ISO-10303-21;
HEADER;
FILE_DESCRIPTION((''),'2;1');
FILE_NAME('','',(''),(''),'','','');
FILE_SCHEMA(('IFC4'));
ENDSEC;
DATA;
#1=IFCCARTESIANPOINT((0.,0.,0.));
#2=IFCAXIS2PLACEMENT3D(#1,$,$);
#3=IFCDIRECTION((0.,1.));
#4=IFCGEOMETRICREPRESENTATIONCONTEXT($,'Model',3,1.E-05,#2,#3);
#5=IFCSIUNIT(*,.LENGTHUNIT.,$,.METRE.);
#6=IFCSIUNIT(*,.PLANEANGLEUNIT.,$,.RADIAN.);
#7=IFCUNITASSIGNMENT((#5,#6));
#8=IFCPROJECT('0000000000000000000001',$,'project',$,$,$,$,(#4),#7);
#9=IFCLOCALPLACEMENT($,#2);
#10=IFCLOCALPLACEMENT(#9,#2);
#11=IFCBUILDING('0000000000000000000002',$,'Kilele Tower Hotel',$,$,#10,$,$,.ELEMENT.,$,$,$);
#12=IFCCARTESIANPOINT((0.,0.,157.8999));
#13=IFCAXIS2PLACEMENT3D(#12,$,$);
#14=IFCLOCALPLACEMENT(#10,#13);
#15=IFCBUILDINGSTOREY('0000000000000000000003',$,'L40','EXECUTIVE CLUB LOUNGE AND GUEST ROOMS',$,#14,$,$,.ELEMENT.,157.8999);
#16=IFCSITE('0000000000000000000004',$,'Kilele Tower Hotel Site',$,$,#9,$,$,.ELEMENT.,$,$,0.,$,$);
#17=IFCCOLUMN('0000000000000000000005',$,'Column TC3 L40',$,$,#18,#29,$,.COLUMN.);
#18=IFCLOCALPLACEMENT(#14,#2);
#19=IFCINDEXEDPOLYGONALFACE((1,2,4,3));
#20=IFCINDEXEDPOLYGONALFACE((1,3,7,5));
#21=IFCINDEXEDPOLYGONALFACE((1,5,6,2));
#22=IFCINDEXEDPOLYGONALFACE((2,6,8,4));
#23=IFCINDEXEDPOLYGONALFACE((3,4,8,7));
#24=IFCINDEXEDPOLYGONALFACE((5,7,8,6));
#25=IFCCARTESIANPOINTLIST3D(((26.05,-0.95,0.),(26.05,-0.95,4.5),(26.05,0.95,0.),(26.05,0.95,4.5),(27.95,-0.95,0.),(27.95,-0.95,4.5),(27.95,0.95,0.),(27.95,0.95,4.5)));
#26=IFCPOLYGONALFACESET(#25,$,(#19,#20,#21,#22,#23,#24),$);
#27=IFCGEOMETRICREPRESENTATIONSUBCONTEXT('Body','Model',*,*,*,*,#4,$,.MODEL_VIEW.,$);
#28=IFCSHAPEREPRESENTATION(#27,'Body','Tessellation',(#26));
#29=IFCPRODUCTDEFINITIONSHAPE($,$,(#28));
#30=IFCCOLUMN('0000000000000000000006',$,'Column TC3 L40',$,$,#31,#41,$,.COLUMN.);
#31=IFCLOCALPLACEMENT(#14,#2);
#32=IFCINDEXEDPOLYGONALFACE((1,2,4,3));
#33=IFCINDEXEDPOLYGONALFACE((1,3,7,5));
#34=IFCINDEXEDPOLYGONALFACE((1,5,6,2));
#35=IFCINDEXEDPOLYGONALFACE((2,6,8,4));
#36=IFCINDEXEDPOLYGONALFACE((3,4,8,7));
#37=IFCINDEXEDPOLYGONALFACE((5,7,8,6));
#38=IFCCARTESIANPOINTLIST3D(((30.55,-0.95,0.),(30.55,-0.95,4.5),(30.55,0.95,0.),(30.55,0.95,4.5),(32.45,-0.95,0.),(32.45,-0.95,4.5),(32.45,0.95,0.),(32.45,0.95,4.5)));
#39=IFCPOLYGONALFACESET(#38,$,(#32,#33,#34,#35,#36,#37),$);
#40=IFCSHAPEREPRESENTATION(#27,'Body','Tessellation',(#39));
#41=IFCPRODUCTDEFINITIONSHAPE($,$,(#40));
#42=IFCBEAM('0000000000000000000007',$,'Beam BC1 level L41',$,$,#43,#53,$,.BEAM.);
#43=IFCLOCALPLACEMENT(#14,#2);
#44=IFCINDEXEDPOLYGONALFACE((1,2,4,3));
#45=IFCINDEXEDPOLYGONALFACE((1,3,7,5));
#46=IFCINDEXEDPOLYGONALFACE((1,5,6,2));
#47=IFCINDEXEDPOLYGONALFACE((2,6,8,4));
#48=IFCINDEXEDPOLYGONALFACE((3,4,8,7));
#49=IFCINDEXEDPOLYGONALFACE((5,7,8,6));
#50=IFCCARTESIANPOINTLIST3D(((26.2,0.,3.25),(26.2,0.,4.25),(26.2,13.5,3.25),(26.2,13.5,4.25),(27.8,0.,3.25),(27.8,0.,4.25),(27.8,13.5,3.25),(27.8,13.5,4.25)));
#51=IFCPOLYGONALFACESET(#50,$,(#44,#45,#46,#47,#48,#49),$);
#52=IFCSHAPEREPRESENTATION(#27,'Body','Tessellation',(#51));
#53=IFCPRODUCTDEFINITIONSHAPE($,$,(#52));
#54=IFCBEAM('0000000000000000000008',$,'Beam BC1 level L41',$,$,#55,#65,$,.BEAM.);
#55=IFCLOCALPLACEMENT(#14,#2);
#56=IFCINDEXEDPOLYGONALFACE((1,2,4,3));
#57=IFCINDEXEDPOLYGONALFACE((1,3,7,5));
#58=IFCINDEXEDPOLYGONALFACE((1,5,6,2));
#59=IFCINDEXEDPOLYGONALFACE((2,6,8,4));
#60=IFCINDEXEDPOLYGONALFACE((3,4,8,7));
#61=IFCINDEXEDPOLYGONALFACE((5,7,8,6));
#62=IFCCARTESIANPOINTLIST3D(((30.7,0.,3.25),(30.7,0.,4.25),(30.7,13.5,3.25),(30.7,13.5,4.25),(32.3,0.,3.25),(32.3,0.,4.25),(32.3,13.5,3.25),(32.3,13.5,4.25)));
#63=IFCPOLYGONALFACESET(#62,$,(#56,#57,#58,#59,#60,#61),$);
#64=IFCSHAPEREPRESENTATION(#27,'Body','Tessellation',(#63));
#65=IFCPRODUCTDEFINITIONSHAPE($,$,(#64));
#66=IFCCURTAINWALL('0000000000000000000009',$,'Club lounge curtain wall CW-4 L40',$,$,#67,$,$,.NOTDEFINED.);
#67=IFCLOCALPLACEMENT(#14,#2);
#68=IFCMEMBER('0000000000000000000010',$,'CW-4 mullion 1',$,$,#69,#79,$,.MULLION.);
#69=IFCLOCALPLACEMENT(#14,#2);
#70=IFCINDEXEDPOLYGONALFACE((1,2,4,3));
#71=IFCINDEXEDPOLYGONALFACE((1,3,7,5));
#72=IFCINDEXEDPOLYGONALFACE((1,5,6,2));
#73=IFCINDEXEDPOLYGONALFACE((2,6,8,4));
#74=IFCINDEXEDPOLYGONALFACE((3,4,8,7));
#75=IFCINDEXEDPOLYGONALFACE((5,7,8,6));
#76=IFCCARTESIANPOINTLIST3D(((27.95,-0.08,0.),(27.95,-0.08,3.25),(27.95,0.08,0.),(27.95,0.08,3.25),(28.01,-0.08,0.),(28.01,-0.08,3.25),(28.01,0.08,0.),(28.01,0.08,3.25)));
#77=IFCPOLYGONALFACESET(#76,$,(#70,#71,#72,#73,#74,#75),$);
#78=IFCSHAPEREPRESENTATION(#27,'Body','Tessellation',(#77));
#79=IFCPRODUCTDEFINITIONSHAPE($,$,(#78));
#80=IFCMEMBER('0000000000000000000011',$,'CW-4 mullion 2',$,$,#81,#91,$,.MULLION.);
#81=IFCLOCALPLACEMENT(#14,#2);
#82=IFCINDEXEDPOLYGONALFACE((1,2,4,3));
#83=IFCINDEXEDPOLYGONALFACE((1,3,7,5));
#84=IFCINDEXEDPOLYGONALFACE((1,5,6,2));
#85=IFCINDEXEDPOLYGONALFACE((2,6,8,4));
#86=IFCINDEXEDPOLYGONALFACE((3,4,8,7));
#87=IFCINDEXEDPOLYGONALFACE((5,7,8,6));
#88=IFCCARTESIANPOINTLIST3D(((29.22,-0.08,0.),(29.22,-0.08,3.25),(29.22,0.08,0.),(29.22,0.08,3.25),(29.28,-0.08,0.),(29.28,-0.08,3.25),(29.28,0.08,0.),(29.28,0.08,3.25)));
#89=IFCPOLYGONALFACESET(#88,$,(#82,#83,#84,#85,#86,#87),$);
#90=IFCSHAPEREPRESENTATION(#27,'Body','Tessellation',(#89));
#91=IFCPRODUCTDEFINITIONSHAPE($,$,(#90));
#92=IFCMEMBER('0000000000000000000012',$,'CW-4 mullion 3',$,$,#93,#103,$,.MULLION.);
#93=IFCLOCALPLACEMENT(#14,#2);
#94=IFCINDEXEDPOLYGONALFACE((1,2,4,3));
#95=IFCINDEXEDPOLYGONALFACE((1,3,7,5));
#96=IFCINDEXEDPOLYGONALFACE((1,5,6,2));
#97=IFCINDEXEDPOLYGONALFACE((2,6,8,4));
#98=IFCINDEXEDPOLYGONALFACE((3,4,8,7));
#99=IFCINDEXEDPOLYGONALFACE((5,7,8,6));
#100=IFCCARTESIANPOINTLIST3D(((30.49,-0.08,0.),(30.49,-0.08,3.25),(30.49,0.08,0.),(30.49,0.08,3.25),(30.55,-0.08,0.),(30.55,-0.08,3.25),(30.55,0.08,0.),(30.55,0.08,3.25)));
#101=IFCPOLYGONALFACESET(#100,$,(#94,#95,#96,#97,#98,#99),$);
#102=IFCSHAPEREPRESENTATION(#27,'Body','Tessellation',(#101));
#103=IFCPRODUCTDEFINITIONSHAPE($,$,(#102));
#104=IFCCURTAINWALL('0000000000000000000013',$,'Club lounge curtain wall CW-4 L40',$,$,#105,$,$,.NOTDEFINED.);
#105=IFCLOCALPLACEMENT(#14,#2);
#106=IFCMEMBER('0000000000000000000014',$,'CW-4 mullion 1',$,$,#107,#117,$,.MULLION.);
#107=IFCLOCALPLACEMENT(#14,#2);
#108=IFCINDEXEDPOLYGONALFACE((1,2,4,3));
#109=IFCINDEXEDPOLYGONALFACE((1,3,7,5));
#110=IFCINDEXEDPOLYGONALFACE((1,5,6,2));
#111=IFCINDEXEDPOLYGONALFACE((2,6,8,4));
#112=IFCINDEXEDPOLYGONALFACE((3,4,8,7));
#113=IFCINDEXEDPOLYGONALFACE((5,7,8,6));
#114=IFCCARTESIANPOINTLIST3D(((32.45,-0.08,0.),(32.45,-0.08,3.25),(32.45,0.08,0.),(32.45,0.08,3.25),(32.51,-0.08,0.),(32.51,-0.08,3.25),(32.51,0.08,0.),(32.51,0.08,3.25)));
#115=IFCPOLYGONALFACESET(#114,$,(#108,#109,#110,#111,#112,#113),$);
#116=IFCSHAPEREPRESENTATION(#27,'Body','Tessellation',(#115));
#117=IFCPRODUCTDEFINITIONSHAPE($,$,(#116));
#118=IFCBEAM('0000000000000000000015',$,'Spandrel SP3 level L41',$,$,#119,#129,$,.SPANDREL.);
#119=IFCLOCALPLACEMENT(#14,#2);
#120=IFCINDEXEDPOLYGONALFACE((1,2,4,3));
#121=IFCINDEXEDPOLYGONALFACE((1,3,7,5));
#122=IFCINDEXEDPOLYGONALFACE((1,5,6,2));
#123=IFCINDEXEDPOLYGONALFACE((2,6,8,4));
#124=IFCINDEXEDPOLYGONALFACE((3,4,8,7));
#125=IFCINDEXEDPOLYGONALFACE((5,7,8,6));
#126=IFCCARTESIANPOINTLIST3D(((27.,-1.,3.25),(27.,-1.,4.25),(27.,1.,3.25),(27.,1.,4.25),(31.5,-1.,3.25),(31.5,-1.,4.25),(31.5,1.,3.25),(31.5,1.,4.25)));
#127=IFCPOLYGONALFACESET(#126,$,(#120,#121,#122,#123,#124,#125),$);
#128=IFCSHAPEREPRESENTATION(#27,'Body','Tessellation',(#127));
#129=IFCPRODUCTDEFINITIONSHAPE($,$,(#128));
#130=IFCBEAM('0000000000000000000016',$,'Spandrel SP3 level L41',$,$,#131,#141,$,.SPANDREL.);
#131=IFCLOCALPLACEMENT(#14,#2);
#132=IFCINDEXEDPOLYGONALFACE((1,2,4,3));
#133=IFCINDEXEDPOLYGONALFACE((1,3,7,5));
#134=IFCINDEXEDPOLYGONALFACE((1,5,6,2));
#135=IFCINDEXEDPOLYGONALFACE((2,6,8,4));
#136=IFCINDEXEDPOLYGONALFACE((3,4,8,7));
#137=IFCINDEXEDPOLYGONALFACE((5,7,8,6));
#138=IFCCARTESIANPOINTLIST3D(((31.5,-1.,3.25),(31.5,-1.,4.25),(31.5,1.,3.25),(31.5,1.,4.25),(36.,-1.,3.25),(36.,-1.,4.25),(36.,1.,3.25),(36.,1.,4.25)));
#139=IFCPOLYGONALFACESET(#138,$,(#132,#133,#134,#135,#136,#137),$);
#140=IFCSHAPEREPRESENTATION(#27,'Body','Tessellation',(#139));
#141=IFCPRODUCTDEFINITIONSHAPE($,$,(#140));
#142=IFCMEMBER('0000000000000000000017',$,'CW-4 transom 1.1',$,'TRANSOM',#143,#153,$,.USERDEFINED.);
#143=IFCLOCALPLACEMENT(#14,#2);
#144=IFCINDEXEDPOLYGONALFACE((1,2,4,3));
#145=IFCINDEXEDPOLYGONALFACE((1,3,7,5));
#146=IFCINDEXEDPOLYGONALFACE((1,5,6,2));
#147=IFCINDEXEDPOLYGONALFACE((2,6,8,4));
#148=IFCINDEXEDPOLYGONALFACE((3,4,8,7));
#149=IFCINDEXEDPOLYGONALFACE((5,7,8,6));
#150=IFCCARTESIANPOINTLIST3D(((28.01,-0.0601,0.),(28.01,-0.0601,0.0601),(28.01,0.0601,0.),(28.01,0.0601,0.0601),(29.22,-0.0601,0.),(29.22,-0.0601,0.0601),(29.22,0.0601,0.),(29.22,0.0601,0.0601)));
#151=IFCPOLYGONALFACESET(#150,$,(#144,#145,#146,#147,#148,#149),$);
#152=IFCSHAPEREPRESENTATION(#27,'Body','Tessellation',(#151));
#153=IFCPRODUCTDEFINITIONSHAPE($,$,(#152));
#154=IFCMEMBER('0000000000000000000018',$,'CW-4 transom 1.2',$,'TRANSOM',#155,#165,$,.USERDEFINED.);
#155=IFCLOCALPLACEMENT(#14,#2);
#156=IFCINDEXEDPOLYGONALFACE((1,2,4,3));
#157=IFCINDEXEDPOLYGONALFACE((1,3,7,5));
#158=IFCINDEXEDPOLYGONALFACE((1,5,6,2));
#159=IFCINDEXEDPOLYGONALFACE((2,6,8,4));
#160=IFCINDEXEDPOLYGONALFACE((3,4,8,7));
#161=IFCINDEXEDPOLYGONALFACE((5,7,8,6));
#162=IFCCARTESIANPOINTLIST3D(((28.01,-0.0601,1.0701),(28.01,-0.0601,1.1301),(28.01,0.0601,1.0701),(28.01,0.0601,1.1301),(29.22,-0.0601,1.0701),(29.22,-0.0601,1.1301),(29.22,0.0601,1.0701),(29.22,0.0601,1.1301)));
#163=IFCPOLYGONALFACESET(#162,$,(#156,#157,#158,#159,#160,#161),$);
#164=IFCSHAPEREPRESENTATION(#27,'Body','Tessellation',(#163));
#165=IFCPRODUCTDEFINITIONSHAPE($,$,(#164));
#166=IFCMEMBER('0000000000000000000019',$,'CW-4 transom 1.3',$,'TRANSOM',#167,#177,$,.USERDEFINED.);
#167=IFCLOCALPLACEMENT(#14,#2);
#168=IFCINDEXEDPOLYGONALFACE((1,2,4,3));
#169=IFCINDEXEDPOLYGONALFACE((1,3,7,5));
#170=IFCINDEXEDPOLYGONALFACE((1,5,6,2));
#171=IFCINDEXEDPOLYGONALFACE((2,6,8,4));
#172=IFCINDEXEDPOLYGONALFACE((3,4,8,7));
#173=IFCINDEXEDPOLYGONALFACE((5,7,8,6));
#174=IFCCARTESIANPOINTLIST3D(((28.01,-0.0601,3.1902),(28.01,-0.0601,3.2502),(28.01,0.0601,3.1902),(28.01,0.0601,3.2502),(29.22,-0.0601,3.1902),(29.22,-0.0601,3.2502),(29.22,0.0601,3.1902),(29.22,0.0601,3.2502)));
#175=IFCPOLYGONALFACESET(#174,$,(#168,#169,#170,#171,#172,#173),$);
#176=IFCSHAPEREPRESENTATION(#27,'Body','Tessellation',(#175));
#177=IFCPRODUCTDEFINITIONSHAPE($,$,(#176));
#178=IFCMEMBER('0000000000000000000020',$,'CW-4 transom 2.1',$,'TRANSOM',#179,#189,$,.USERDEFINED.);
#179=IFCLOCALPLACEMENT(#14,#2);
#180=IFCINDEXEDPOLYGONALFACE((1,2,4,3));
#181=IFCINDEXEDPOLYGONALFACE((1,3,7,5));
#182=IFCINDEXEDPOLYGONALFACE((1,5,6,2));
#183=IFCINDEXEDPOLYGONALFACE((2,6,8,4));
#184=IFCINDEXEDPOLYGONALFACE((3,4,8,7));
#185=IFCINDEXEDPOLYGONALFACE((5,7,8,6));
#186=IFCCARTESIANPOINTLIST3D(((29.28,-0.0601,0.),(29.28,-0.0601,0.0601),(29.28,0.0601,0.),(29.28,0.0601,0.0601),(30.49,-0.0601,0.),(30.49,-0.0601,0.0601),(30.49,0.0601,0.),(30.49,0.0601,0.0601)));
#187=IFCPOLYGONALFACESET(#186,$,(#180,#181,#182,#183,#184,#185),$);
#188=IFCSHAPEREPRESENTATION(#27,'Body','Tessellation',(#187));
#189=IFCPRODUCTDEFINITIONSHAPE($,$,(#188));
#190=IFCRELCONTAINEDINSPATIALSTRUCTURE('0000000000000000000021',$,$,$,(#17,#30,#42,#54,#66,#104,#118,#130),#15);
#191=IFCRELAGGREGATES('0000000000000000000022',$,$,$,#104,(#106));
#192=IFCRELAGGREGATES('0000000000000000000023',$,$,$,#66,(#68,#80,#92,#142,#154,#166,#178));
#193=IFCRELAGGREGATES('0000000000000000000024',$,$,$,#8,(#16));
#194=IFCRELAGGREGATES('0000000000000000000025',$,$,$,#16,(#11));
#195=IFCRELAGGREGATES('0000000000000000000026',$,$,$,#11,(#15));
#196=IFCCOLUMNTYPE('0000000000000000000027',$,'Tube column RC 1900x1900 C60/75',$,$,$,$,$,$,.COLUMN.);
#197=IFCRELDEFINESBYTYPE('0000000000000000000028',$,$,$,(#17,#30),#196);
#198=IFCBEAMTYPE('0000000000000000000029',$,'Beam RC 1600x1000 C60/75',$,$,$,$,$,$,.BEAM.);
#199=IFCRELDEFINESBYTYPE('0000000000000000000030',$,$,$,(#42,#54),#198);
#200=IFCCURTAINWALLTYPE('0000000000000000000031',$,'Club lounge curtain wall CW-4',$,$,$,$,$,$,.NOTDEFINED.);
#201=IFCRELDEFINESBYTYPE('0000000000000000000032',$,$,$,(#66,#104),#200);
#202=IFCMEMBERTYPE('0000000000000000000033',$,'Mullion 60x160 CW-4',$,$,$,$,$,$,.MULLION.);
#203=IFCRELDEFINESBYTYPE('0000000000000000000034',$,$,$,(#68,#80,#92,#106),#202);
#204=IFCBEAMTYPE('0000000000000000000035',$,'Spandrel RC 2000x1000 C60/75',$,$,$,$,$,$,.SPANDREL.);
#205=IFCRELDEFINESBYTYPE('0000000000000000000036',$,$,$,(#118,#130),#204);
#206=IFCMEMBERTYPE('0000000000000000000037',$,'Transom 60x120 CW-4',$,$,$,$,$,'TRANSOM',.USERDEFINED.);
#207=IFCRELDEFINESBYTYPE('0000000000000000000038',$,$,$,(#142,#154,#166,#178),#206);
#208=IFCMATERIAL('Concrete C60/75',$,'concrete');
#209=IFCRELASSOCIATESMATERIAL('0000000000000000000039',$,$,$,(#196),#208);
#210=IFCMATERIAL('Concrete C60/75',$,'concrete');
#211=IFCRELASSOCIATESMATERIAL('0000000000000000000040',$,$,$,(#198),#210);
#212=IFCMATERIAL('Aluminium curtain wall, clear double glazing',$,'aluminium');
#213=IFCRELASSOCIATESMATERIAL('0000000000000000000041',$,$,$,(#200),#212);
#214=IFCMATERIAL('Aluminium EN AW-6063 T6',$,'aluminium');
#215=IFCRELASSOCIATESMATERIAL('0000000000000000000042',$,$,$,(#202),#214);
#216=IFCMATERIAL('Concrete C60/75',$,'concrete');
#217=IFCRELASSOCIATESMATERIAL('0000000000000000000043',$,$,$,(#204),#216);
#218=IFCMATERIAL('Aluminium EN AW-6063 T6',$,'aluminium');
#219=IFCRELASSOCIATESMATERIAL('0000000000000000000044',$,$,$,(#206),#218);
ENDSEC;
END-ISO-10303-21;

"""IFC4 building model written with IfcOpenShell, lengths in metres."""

from ifc_helpers import new_model, si_unit, direction, frame, origin, origin_2d, place, context, subcontext, project, spatial, rectangle, extrude, material, material_profile, profile_set, type_object, element, aggregate, save


model = new_model("IFC4")

# Units and contexts
model_context = context("Model", 3, precision=1e-05, world=origin(), true_north=direction((0.0, 1.0)))
body_context = subcontext(model_context, "Body", "Model", "MODEL_VIEW")
ifc_project = project(units=[si_unit("LENGTHUNIT", "METRE"), si_unit("PLANEANGLEUNIT", "RADIAN")], contexts=[model_context])

# Site, building, storey
site_placement = place(None, origin())
site = spatial("IfcSite", under=ifc_project, at=site_placement, Name="Kilele Tower Hotel Site", CompositionType="ELEMENT", RefElevation=0.0)
building_placement = place(site_placement, origin())
building = spatial("IfcBuilding", under=site, at=building_placement, Name="Kilele Tower Hotel", CompositionType="ELEMENT")
storey_placement = place(building_placement, frame((0.0, 0.0, 157.8999)))
storey = spatial("IfcBuildingStorey", under=building, at=storey_placement, Name="L40", Description="EXECUTIVE CLUB LOUNGE AND GUEST ROOMS", CompositionType="ELEMENT", Elevation=157.8999)

# Columns
ifc_material_1 = material(Name="Concrete C60/75", Category="concrete")
ifc_material_profile_1 = material_profile(ifc_material_1, rectangle(XDim=1.8999, YDim=1.8999, at=origin_2d()))
ifc_profile_set_1 = profile_set([ifc_material_profile_1], Name="Concrete C60/75")
column_type = type_object("IfcColumnType", Name="Tube column RC 1900x1900 C60/75", PredefinedType="COLUMN", material=ifc_profile_set_1)
for number, where, z_axis, x_axis, name in (
    (1, (27.0, 0.0, 0.0), (0.0, 0.0, 1.0), (1.0, 0.0, 0.0), "Column TC3 L40"),
    (2, (31.5, 0.0, 0.0), (0.0, 0.0, 1.0), (1.0, 0.0, 0.0), "Column TC3 L40"),
):
    element("IfcColumn", number, at=place(storey_placement, frame(where, z_axis=z_axis, x_axis=x_axis)), inside=storey, type_object=column_type, Name=name, PredefinedType="COLUMN", context=body_context, shape_type="SweptSolid", body=[
        extrude(rectangle(XDim=1.8999, YDim=1.8999, at=origin_2d()), origin(), (0.0, 0.0, 1.0), 4.5),
    ])

# Beams
ifc_material_2 = material(Name="Concrete C60/75", Category="concrete")
ifc_material_profile_2 = material_profile(ifc_material_2, rectangle(XDim=1.6001, YDim=1.0, at=origin_2d()))
ifc_profile_set_2 = profile_set([ifc_material_profile_2], Name="Concrete C60/75")
beam_type_1 = type_object("IfcBeamType", Name="Beam RC 1600x1000 C60/75", PredefinedType="BEAM", material=ifc_profile_set_2)
for number, where, z_axis, x_axis, name in (
    (3, (27.0, 0.0, 3.75), (0.0, 1.0, 0.0), (-1.0, 0.0, 0.0), "Beam BC1 level L41"),
    (4, (31.5, 0.0, 3.75), (0.0, 1.0, 0.0), (-1.0, 0.0, 0.0), "Beam BC1 level L41"),
):
    element("IfcBeam", number, at=place(storey_placement, frame(where, z_axis=z_axis, x_axis=x_axis)), inside=storey, type_object=beam_type_1, Name=name, PredefinedType="BEAM", context=body_context, shape_type="SweptSolid", body=[
        extrude(rectangle(XDim=1.6001, YDim=1.0, at=origin_2d()), origin(), (0.0, 0.0, 1.0), 13.5),
    ])

# Curtain wall, members
ifc_material_3 = material(Name="Aluminium curtain wall, clear double glazing", Category="aluminium")
curtain_wall_type = type_object("IfcCurtainWallType", Name="Club lounge curtain wall CW-4", PredefinedType="NOTDEFINED", material=ifc_material_3)
curtain_wall_1_placement = place(storey_placement, origin())
curtain_wall_1 = element("IfcCurtainWall", 5, at=curtain_wall_1_placement, inside=storey, type_object=curtain_wall_type, Name="Club lounge curtain wall CW-4 L40", PredefinedType="NOTDEFINED")
ifc_material_4 = material(Name="Aluminium EN AW-6063 T6", Category="aluminium")
ifc_material_profile_3 = material_profile(ifc_material_4, rectangle(XDim=0.1599, YDim=0.0601, at=origin_2d()))
ifc_profile_set_3 = profile_set([ifc_material_profile_3], Name="Aluminium EN AW-6063 T6")
member_type_1 = type_object("IfcMemberType", Name="Mullion 60x160 CW-4", PredefinedType="MULLION", material=ifc_profile_set_3)
member_1_placement = place(storey_placement, frame((27.98, 0.0, 0.0), z_axis=(0.0, 0.0, 1.0), x_axis=(0.0, 1.0, 0.0)))
member_1 = element("IfcMember", 6, at=member_1_placement, type_object=member_type_1, Name="CW-4 mullion 1", PredefinedType="MULLION", context=body_context, shape_type="SweptSolid", body=[
    extrude(rectangle(XDim=0.1599, YDim=0.0601, at=origin_2d()), origin(), (0.0, 0.0, 1.0), 3.25),
])
member_2_placement = place(storey_placement, frame((29.25, 0.0, 0.0), z_axis=(0.0, 0.0, 1.0), x_axis=(0.0, 1.0, 0.0)))
member_2 = element("IfcMember", 7, at=member_2_placement, type_object=member_type_1, Name="CW-4 mullion 2", PredefinedType="MULLION", context=body_context, shape_type="SweptSolid", body=[
    extrude(rectangle(XDim=0.1599, YDim=0.0601, at=origin_2d()), origin(), (0.0, 0.0, 1.0), 3.25),
])
member_3_placement = place(storey_placement, frame((30.52, 0.0, 0.0), z_axis=(0.0, 0.0, 1.0), x_axis=(0.0, 1.0, 0.0)))
member_3 = element("IfcMember", 8, at=member_3_placement, type_object=member_type_1, Name="CW-4 mullion 3", PredefinedType="MULLION", context=body_context, shape_type="SweptSolid", body=[
    extrude(rectangle(XDim=0.1599, YDim=0.0601, at=origin_2d()), origin(), (0.0, 0.0, 1.0), 3.25),
])

# Curtain wall, member
curtain_wall_2_placement = place(storey_placement, origin())
curtain_wall_2 = element("IfcCurtainWall", 9, at=curtain_wall_2_placement, inside=storey, type_object=curtain_wall_type, Name="Club lounge curtain wall CW-4 L40", PredefinedType="NOTDEFINED")
member_4_placement = place(storey_placement, frame((32.48, 0.0, 0.0), z_axis=(0.0, 0.0, 1.0), x_axis=(0.0, 1.0, 0.0)))
member_4 = element("IfcMember", 10, at=member_4_placement, type_object=member_type_1, Name="CW-4 mullion 1", PredefinedType="MULLION", context=body_context, shape_type="SweptSolid", body=[
    extrude(rectangle(XDim=0.1599, YDim=0.0601, at=origin_2d()), origin(), (0.0, 0.0, 1.0), 3.25),
])
aggregate(curtain_wall_2, [member_4])

# Beams
ifc_material_5 = material(Name="Concrete C60/75", Category="concrete")
ifc_material_profile_4 = material_profile(ifc_material_5, rectangle(XDim=2.0, YDim=1.0, at=origin_2d()))
ifc_profile_set_4 = profile_set([ifc_material_profile_4], Name="Concrete C60/75")
beam_type_2 = type_object("IfcBeamType", Name="Spandrel RC 2000x1000 C60/75", PredefinedType="SPANDREL", material=ifc_profile_set_4)
for number, where, z_axis, x_axis, name in (
    (11, (27.0, 0.0, 3.75), (1.0, 0.0, 0.0), (0.0, 1.0, 0.0), "Spandrel SP3 level L41"),
    (12, (31.5, 0.0, 3.75), (1.0, 0.0, 0.0), (0.0, 1.0, 0.0), "Spandrel SP3 level L41"),
):
    element("IfcBeam", number, at=place(storey_placement, frame(where, z_axis=z_axis, x_axis=x_axis)), inside=storey, type_object=beam_type_2, Name=name, PredefinedType="SPANDREL", context=body_context, shape_type="SweptSolid", body=[
        extrude(rectangle(XDim=2.0, YDim=1.0, at=origin_2d()), origin(), (0.0, 0.0, 1.0), 4.5),
    ])

# Members
ifc_material_6 = material(Name="Aluminium EN AW-6063 T6", Category="aluminium")
ifc_material_profile_5 = material_profile(ifc_material_6, rectangle(XDim=0.1201, YDim=0.0601, at=origin_2d()))
ifc_profile_set_5 = profile_set([ifc_material_profile_5], Name="Aluminium EN AW-6063 T6")
member_type_2 = type_object("IfcMemberType", Name="Transom 60x120 CW-4", ElementType="TRANSOM", PredefinedType="USERDEFINED", material=ifc_profile_set_5)
member_5_placement = place(storey_placement, frame((28.01, 0.0, 0.03), z_axis=(1.0, 0.0, 0.0), x_axis=(0.0, 1.0, 0.0)))
member_5 = element("IfcMember", 13, at=member_5_placement, type_object=member_type_2, Name="CW-4 transom 1.1", ObjectType="TRANSOM", PredefinedType="USERDEFINED", context=body_context, shape_type="SweptSolid", body=[
    extrude(rectangle(XDim=0.1201, YDim=0.0601, at=origin_2d()), origin(), (0.0, 0.0, 1.0), 1.21),
])
member_6_placement = place(storey_placement, frame((28.01, 0.0, 1.1001), z_axis=(1.0, 0.0, 0.0), x_axis=(0.0, 1.0, 0.0)))
member_6 = element("IfcMember", 14, at=member_6_placement, type_object=member_type_2, Name="CW-4 transom 1.2", ObjectType="TRANSOM", PredefinedType="USERDEFINED", context=body_context, shape_type="SweptSolid", body=[
    extrude(rectangle(XDim=0.1201, YDim=0.0601, at=origin_2d()), origin(), (0.0, 0.0, 1.0), 1.21),
])
member_7_placement = place(storey_placement, frame((28.01, 0.0, 3.2202), z_axis=(1.0, 0.0, 0.0), x_axis=(0.0, 1.0, 0.0)))
member_7 = element("IfcMember", 15, at=member_7_placement, type_object=member_type_2, Name="CW-4 transom 1.3", ObjectType="TRANSOM", PredefinedType="USERDEFINED", context=body_context, shape_type="SweptSolid", body=[
    extrude(rectangle(XDim=0.1201, YDim=0.0601, at=origin_2d()), origin(), (0.0, 0.0, 1.0), 1.21),
])
member_8_placement = place(storey_placement, frame((29.28, 0.0, 0.03), z_axis=(1.0, 0.0, 0.0), x_axis=(0.0, 1.0, 0.0)))
member_8 = element("IfcMember", 16, at=member_8_placement, type_object=member_type_2, Name="CW-4 transom 2.1", ObjectType="TRANSOM", PredefinedType="USERDEFINED", context=body_context, shape_type="SweptSolid", body=[
    extrude(rectangle(XDim=0.1201, YDim=0.0601, at=origin_2d()), origin(), (0.0, 0.0, 1.0), 1.21),
])

aggregate(curtain_wall_1, [member_1, member_2, member_3, member_5, member_6, member_7, member_8])

save(model, "model.ifc")
